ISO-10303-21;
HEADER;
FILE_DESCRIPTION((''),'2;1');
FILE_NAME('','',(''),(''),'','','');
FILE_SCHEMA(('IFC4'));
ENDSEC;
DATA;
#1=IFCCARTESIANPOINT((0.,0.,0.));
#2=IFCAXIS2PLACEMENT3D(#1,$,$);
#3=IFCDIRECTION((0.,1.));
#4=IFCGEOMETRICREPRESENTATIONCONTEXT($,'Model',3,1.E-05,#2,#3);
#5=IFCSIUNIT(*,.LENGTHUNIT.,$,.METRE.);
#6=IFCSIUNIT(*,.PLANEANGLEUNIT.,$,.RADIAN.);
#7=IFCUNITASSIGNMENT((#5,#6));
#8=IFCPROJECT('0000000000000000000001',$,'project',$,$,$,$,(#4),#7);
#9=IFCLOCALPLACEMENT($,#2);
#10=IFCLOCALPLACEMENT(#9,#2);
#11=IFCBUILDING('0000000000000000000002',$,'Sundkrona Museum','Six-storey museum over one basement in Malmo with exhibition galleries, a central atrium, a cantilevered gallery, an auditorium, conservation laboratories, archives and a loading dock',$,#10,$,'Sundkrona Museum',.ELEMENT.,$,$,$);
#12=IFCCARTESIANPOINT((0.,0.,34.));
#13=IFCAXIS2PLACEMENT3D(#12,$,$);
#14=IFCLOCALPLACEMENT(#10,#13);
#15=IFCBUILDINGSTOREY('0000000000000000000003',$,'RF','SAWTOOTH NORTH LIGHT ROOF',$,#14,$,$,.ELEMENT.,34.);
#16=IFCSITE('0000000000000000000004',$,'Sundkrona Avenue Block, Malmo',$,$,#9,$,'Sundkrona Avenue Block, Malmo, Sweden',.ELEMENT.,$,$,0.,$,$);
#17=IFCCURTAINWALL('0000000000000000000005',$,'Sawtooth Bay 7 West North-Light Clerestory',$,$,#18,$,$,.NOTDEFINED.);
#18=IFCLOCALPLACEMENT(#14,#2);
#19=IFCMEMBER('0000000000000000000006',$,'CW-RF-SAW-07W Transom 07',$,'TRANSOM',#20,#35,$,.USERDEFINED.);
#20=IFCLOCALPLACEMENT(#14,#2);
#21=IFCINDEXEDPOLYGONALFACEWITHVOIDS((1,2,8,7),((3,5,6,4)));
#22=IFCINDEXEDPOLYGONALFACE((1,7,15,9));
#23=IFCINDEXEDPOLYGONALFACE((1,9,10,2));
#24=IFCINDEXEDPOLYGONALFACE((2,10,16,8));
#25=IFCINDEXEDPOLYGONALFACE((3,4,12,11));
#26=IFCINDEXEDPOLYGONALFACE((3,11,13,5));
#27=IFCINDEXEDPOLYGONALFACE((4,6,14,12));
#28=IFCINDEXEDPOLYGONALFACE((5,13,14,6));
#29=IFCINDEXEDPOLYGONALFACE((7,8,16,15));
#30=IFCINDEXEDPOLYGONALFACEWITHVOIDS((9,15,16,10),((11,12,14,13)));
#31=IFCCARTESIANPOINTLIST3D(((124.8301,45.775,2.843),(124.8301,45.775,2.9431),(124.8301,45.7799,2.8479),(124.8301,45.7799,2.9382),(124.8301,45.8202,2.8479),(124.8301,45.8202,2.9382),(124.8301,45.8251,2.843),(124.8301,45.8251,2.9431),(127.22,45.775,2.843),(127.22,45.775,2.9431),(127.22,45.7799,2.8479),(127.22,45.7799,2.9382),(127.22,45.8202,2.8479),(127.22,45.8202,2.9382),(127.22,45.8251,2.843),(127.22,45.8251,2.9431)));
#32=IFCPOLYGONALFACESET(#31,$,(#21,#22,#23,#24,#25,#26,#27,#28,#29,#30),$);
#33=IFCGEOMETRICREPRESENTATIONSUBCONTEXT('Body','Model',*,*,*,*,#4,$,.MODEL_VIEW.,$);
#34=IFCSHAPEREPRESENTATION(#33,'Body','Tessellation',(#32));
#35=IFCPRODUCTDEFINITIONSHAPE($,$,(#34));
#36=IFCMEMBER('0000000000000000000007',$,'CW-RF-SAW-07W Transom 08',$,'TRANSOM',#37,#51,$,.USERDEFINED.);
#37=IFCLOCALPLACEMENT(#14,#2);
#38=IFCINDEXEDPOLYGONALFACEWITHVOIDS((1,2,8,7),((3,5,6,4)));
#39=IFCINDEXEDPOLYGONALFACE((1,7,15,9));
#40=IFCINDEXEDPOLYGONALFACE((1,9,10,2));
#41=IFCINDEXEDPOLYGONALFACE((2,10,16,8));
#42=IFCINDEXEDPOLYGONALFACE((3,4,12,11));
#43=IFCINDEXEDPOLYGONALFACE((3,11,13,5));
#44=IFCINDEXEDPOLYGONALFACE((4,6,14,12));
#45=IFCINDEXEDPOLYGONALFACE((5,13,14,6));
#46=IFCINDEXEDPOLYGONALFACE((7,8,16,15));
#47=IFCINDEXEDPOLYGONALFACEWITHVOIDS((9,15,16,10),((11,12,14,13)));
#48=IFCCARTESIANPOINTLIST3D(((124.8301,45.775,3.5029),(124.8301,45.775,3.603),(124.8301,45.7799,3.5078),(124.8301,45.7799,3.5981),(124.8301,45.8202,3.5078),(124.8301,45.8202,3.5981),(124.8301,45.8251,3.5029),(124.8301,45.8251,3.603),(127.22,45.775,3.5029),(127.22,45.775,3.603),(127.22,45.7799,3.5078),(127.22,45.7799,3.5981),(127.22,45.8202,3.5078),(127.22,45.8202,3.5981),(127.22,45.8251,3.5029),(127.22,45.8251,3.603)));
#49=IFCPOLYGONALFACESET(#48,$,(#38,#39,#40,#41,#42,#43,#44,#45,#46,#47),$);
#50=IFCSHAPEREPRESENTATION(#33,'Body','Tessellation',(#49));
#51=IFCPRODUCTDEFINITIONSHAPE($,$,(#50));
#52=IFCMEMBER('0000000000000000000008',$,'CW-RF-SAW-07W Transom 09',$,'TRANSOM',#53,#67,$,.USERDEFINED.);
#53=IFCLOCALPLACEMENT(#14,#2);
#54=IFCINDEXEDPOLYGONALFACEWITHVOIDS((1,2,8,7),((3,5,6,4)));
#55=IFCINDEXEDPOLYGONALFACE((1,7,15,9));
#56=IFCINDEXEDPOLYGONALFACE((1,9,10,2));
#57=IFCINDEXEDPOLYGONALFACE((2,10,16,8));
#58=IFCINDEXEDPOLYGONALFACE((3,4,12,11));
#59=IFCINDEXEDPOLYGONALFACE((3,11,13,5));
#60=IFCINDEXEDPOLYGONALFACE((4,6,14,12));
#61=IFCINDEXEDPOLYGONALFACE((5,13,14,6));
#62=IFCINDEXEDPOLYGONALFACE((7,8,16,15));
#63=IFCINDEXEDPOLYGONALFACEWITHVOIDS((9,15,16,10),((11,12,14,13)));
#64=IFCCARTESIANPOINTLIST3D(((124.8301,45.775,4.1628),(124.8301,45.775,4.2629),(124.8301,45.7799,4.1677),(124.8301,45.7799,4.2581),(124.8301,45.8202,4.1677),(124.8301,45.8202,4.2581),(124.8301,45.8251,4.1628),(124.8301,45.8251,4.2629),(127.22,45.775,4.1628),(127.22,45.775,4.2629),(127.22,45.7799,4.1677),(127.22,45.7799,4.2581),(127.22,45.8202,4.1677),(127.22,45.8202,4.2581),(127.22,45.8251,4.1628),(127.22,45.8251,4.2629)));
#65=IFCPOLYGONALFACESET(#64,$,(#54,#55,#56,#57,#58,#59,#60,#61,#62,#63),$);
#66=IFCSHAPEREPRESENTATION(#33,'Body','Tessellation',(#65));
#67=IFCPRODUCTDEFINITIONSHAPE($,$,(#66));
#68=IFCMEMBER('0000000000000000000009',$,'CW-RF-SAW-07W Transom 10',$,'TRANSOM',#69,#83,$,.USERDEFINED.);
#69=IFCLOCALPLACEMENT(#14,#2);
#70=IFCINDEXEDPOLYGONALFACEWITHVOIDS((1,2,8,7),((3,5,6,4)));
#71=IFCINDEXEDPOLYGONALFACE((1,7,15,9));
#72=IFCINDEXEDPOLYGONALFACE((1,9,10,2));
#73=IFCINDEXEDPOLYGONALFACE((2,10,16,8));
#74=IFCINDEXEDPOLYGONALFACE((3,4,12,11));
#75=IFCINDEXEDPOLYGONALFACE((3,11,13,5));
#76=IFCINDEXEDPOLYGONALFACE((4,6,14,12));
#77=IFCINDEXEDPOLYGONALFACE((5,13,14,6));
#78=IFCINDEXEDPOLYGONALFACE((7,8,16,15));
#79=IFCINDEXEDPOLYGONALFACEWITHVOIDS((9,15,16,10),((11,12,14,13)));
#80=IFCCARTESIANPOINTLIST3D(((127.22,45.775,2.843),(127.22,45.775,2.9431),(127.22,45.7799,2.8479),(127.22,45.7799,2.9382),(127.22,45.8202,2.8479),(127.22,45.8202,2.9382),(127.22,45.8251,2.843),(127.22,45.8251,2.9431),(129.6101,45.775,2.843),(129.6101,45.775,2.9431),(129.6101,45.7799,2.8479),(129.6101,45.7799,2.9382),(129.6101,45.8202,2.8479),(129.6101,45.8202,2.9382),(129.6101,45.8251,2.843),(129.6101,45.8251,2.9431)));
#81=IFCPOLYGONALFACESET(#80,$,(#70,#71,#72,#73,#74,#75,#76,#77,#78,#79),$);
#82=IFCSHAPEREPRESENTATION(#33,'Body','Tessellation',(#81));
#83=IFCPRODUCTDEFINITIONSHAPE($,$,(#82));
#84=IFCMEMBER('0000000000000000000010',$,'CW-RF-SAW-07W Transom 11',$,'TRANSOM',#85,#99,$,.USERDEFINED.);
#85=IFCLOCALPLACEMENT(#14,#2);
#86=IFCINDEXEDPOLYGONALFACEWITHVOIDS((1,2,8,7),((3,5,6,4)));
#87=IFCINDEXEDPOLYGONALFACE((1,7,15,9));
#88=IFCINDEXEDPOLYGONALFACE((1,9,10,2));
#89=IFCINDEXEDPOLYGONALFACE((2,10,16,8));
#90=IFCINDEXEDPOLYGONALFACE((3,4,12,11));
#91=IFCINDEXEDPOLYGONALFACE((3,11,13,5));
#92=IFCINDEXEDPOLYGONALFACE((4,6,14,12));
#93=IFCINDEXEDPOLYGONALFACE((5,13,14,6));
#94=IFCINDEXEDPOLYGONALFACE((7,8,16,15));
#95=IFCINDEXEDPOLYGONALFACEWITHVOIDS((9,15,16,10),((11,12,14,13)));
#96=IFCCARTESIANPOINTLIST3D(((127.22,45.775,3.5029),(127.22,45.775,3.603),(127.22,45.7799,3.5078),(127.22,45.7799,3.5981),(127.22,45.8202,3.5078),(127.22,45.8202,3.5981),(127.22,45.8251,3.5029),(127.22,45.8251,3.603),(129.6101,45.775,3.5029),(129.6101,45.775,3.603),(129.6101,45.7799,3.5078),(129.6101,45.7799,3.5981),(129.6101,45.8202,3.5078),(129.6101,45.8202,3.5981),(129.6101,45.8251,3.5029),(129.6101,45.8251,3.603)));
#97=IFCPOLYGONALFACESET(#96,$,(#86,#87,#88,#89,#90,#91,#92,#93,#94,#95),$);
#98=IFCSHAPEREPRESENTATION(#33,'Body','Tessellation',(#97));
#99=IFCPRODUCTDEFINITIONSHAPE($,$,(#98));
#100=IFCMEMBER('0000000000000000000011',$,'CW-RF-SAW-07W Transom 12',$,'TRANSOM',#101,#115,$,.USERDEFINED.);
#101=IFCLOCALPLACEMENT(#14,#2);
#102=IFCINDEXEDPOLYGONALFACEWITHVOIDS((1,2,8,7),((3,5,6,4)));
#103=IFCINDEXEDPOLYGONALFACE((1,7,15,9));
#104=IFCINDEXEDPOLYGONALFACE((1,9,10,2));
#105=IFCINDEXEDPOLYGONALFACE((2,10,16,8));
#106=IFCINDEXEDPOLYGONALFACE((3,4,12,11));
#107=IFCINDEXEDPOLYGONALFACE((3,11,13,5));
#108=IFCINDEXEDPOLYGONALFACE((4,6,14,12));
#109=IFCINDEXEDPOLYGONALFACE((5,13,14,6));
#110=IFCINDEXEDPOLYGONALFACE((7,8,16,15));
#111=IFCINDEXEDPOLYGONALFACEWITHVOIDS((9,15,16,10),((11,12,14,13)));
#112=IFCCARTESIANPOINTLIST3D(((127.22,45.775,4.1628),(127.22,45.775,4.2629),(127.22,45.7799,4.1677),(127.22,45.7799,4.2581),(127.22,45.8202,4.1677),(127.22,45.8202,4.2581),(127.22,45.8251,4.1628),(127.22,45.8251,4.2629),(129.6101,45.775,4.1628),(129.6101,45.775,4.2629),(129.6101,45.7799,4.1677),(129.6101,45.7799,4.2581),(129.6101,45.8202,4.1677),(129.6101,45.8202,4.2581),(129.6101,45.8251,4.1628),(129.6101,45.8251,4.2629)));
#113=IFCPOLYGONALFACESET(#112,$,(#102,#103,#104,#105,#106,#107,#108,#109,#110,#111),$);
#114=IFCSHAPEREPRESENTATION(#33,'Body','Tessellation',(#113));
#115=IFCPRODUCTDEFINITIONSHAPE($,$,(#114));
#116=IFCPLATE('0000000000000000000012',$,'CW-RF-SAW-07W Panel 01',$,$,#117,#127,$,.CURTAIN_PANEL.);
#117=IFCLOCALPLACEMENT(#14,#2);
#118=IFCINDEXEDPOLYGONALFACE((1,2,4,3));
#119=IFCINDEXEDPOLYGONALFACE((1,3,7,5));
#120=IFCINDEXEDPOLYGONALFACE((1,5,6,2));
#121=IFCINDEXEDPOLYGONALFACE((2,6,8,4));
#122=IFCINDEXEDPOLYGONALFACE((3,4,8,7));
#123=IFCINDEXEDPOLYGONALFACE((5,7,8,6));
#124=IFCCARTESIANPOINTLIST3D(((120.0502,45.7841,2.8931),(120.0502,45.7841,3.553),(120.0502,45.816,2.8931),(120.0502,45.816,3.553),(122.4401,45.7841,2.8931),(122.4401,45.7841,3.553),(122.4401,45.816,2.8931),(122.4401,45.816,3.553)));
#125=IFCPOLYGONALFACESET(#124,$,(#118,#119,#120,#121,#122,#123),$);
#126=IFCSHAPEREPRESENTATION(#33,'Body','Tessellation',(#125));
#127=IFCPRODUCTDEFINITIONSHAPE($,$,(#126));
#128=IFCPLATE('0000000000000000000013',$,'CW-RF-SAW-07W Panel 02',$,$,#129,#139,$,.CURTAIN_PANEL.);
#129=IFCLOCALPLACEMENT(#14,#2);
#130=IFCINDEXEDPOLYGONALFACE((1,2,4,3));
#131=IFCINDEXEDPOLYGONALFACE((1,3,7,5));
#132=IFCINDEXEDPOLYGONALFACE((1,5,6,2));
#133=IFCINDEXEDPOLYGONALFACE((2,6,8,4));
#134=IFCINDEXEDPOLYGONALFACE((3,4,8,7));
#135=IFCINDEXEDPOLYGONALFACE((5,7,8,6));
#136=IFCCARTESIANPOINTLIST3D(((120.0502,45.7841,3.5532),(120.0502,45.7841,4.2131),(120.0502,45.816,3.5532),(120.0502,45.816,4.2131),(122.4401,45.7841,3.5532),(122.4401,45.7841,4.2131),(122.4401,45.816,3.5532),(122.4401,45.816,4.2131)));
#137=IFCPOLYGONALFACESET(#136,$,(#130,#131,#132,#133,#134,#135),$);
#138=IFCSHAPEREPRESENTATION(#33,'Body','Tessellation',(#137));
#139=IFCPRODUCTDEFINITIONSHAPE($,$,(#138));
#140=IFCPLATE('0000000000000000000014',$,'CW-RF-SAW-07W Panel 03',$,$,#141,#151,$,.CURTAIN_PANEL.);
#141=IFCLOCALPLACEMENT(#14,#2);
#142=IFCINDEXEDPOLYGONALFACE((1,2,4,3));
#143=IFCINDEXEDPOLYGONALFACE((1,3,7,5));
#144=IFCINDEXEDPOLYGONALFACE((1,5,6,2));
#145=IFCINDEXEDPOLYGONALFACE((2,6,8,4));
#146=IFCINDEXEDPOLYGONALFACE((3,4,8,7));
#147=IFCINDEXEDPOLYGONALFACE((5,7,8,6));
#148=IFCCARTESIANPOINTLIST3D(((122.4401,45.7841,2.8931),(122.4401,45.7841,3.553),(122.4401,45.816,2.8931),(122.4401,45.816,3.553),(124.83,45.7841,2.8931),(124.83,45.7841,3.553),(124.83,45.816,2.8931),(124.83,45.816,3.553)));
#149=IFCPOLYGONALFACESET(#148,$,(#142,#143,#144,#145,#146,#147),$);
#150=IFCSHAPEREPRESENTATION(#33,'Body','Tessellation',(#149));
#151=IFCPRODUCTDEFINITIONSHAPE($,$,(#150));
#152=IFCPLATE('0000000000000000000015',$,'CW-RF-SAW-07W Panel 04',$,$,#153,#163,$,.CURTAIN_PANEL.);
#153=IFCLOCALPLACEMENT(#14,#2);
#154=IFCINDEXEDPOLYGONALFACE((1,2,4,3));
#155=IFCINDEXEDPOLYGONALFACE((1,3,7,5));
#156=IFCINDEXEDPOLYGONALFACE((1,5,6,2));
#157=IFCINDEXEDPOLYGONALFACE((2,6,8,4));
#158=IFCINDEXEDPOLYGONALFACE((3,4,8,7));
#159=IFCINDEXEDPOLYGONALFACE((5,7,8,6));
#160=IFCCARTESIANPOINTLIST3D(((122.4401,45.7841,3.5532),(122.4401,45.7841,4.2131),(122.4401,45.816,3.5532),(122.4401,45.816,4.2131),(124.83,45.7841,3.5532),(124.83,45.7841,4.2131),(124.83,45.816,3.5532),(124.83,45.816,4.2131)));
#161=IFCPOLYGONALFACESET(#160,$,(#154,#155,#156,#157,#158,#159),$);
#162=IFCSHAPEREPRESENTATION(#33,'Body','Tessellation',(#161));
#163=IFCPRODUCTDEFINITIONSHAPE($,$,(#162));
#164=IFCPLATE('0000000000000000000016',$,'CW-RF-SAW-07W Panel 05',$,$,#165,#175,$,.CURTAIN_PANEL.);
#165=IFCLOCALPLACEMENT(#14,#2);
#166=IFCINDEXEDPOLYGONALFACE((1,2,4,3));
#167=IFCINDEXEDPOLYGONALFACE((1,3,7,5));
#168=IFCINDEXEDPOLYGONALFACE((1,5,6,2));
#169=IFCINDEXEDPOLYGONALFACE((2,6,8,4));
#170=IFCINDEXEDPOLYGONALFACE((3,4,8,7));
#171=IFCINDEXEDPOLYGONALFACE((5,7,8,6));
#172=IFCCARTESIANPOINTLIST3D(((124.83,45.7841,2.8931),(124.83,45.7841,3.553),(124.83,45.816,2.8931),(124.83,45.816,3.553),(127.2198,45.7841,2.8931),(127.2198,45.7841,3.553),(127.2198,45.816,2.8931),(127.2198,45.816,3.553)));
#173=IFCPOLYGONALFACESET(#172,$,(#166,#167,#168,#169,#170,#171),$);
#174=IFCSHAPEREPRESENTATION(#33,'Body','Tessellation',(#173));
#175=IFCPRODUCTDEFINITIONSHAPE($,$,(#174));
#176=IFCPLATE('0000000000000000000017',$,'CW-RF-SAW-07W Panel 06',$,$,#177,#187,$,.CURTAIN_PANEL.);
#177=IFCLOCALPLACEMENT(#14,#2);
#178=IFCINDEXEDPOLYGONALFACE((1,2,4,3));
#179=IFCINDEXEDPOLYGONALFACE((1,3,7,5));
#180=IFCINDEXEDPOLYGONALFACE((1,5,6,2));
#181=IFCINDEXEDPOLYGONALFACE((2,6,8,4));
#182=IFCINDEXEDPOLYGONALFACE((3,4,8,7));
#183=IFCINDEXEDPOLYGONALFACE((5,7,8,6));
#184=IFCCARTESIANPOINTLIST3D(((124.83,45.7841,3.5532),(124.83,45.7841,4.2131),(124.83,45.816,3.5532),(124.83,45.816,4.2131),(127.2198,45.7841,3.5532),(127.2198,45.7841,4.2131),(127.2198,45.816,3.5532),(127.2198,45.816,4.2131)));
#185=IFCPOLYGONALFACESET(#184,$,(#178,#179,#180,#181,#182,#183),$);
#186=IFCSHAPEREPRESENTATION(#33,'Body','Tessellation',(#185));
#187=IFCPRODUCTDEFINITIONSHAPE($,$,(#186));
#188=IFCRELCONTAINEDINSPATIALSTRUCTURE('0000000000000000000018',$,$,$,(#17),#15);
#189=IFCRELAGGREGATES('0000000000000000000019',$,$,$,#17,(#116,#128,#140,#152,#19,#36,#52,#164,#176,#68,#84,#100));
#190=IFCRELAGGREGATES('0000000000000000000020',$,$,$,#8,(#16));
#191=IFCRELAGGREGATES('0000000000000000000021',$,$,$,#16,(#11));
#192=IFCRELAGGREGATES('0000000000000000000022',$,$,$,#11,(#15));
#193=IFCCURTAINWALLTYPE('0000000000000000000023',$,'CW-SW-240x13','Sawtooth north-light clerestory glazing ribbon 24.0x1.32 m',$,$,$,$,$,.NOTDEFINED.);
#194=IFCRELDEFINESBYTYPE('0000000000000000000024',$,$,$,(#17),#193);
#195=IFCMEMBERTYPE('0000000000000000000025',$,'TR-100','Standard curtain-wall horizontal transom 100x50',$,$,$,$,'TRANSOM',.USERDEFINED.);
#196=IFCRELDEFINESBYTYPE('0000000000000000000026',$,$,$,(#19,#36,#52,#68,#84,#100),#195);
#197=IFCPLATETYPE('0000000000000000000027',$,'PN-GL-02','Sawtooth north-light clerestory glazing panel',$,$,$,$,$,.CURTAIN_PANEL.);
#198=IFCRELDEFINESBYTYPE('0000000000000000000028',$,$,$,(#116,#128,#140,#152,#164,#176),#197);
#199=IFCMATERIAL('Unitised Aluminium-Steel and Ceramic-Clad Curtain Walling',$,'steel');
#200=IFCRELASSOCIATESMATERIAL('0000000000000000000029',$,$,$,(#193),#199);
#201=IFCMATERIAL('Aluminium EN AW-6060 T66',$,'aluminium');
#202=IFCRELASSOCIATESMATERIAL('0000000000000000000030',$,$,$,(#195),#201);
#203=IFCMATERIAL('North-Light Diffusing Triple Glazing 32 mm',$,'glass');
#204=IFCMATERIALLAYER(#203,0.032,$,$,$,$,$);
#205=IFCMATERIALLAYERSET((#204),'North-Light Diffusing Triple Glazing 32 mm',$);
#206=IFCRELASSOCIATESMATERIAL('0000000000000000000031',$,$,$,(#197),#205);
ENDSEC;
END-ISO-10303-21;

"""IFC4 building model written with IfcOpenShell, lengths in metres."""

from ifc_helpers import new_model, si_unit, direction, frame, origin, origin_2d, place, context, subcontext, project, spatial, rectangle, hollow_rectangle, extrude, material, layer, layer_set, material_profile, profile_set, type_object, element, aggregate, save


model = new_model("IFC4")

# Units and contexts
model_context = context("Model", 3, precision=1e-05, world=origin(), true_north=direction((0.0, 1.0)))
body_context = subcontext(model_context, "Body", "Model", "MODEL_VIEW")
ifc_project = project(units=[si_unit("LENGTHUNIT", "METRE"), si_unit("PLANEANGLEUNIT", "RADIAN")], contexts=[model_context])

# Site, building, storey
site_placement = place(None, origin())
site = spatial("IfcSite", under=ifc_project, at=site_placement, Name="Sundkrona Avenue Block, Malmo", LongName="Sundkrona Avenue Block, Malmo, Sweden", CompositionType="ELEMENT", RefElevation=0.0)
building_placement = place(site_placement, origin())
building = spatial("IfcBuilding", under=site, at=building_placement, Name="Sundkrona Museum", Description="Six-storey museum over one basement in Malmo with exhibition galleries, a central atrium, a cantilevered gallery, an auditorium, conservation laboratories, archives and a loading dock", LongName="Sundkrona Museum", CompositionType="ELEMENT")
storey_placement = place(building_placement, frame((0.0, 0.0, 34.0)))
storey = spatial("IfcBuildingStorey", under=building, at=storey_placement, Name="RF", Description="SAWTOOTH NORTH LIGHT ROOF", CompositionType="ELEMENT", Elevation=34.0)

# Curtain wall
ifc_material_1 = material(Name="Unitised Aluminium-Steel and Ceramic-Clad Curtain Walling", Category="steel")
curtain_wall_type = type_object("IfcCurtainWallType", Name="CW-SW-240x13", Description="Sawtooth north-light clerestory glazing ribbon 24.0x1.32 m", PredefinedType="NOTDEFINED", material=ifc_material_1)
curtain_wall_1_placement = place(storey_placement, origin())
curtain_wall_1 = element("IfcCurtainWall", 1, at=curtain_wall_1_placement, inside=storey, type_object=curtain_wall_type, Name="Sawtooth Bay 7 West North-Light Clerestory", PredefinedType="NOTDEFINED")
ifc_material_2 = material(Name="Aluminium EN AW-6060 T66", Category="aluminium")

# Shared definitions
ifc_material_profile_1 = material_profile(ifc_material_2, hollow_rectangle(XDim=0.05, YDim=0.1001, WallThickness=0.0049, at=origin_2d()), Name="RHS 100x50x5.0")
ifc_profile_set_1 = profile_set([ifc_material_profile_1], Name="Aluminium EN AW-6060 T66")
member_type_1 = type_object("IfcMemberType", Name="TR-100", Description="Standard curtain-wall horizontal transom 100x50", ElementType="TRANSOM", PredefinedType="USERDEFINED", material=ifc_profile_set_1)

# Members
member_1_placement = place(storey_placement, frame((124.8301, 45.8, 2.8931), z_axis=(1.0, 0.0, 0.0), x_axis=(0.0, 1.0, 0.0)))
member_1 = element("IfcMember", 2, at=member_1_placement, type_object=member_type_1, Name="CW-RF-SAW-07W Transom 07", ObjectType="TRANSOM", PredefinedType="USERDEFINED", context=body_context, shape_type="SweptSolid", body=[
    extrude(hollow_rectangle(XDim=0.05, YDim=0.1001, WallThickness=0.0049, at=origin_2d()), origin(), (0.0, 0.0, 1.0), 2.3899),
])
member_2_placement = place(storey_placement, frame((124.8301, 45.8, 3.553), z_axis=(1.0, 0.0, 0.0), x_axis=(0.0, 1.0, 0.0)))
member_2 = element("IfcMember", 3, at=member_2_placement, type_object=member_type_1, Name="CW-RF-SAW-07W Transom 08", ObjectType="TRANSOM", PredefinedType="USERDEFINED", context=body_context, shape_type="SweptSolid", body=[
    extrude(hollow_rectangle(XDim=0.05, YDim=0.1001, WallThickness=0.0049, at=origin_2d()), origin(), (0.0, 0.0, 1.0), 2.3899),
])
member_3_placement = place(storey_placement, frame((124.8301, 45.8, 4.2129), z_axis=(1.0, 0.0, 0.0), x_axis=(0.0, 1.0, 0.0)))
member_3 = element("IfcMember", 4, at=member_3_placement, type_object=member_type_1, Name="CW-RF-SAW-07W Transom 09", ObjectType="TRANSOM", PredefinedType="USERDEFINED", context=body_context, shape_type="SweptSolid", body=[
    extrude(hollow_rectangle(XDim=0.05, YDim=0.1001, WallThickness=0.0049, at=origin_2d()), origin(), (0.0, 0.0, 1.0), 2.3899),
])
member_4_placement = place(storey_placement, frame((127.22, 45.8, 2.8931), z_axis=(1.0, 0.0, 0.0), x_axis=(0.0, 1.0, 0.0)))
member_4 = element("IfcMember", 5, at=member_4_placement, type_object=member_type_1, Name="CW-RF-SAW-07W Transom 10", ObjectType="TRANSOM", PredefinedType="USERDEFINED", context=body_context, shape_type="SweptSolid", body=[
    extrude(hollow_rectangle(XDim=0.05, YDim=0.1001, WallThickness=0.0049, at=origin_2d()), origin(), (0.0, 0.0, 1.0), 2.3901),
])
member_5_placement = place(storey_placement, frame((127.22, 45.8, 3.553), z_axis=(1.0, 0.0, 0.0), x_axis=(0.0, 1.0, 0.0)))
member_5 = element("IfcMember", 6, at=member_5_placement, type_object=member_type_1, Name="CW-RF-SAW-07W Transom 11", ObjectType="TRANSOM", PredefinedType="USERDEFINED", context=body_context, shape_type="SweptSolid", body=[
    extrude(hollow_rectangle(XDim=0.05, YDim=0.1001, WallThickness=0.0049, at=origin_2d()), origin(), (0.0, 0.0, 1.0), 2.3901),
])
member_6_placement = place(storey_placement, frame((127.22, 45.8, 4.2129), z_axis=(1.0, 0.0, 0.0), x_axis=(0.0, 1.0, 0.0)))
member_6 = element("IfcMember", 7, at=member_6_placement, type_object=member_type_1, Name="CW-RF-SAW-07W Transom 12", ObjectType="TRANSOM", PredefinedType="USERDEFINED", context=body_context, shape_type="SweptSolid", body=[
    extrude(hollow_rectangle(XDim=0.05, YDim=0.1001, WallThickness=0.0049, at=origin_2d()), origin(), (0.0, 0.0, 1.0), 2.3901),
])

# Plates
ifc_material_3 = material(Name="North-Light Diffusing Triple Glazing 32 mm", Category="glass")
ifc_layer = layer(ifc_material_3, 0.032)
ifc_layer_set = layer_set([ifc_layer], Name="North-Light Diffusing Triple Glazing 32 mm")
plate_type = type_object("IfcPlateType", Name="PN-GL-02", Description="Sawtooth north-light clerestory glazing panel", PredefinedType="CURTAIN_PANEL", material=ifc_layer_set)
plate_1_placement = place(storey_placement, frame((121.2451, 45.8, 2.8931), z_axis=(0.0, 0.0, 1.0), x_axis=(1.0, 0.0, 0.0)))
plate_1 = element("IfcPlate", 8, at=plate_1_placement, type_object=plate_type, Name="CW-RF-SAW-07W Panel 01", PredefinedType="CURTAIN_PANEL", context=body_context, shape_type="SweptSolid", body=[
    extrude(rectangle(XDim=2.3899, YDim=0.032, at=origin_2d()), origin(), (0.0, 0.0, 1.0), 0.6599),
])
plate_2_placement = place(storey_placement, frame((121.2451, 45.8, 3.5532), z_axis=(0.0, 0.0, 1.0), x_axis=(1.0, 0.0, 0.0)))
plate_2 = element("IfcPlate", 9, at=plate_2_placement, type_object=plate_type, Name="CW-RF-SAW-07W Panel 02", PredefinedType="CURTAIN_PANEL", context=body_context, shape_type="SweptSolid", body=[
    extrude(rectangle(XDim=2.3899, YDim=0.032, at=origin_2d()), origin(), (0.0, 0.0, 1.0), 0.6599),
])
plate_3_placement = place(storey_placement, frame((123.635, 45.8, 2.8931), z_axis=(0.0, 0.0, 1.0), x_axis=(1.0, 0.0, 0.0)))
plate_3 = element("IfcPlate", 10, at=plate_3_placement, type_object=plate_type, Name="CW-RF-SAW-07W Panel 03", PredefinedType="CURTAIN_PANEL", context=body_context, shape_type="SweptSolid", body=[
    extrude(rectangle(XDim=2.3899, YDim=0.032, at=origin_2d()), origin(), (0.0, 0.0, 1.0), 0.6599),
])
plate_4_placement = place(storey_placement, frame((123.635, 45.8, 3.5532), z_axis=(0.0, 0.0, 1.0), x_axis=(1.0, 0.0, 0.0)))
plate_4 = element("IfcPlate", 11, at=plate_4_placement, type_object=plate_type, Name="CW-RF-SAW-07W Panel 04", PredefinedType="CURTAIN_PANEL", context=body_context, shape_type="SweptSolid", body=[
    extrude(rectangle(XDim=2.3899, YDim=0.032, at=origin_2d()), origin(), (0.0, 0.0, 1.0), 0.6599),
])
plate_5_placement = place(storey_placement, frame((126.0249, 45.8, 2.8931), z_axis=(0.0, 0.0, 1.0), x_axis=(1.0, 0.0, 0.0)))
plate_5 = element("IfcPlate", 12, at=plate_5_placement, type_object=plate_type, Name="CW-RF-SAW-07W Panel 05", PredefinedType="CURTAIN_PANEL", context=body_context, shape_type="SweptSolid", body=[
    extrude(rectangle(XDim=2.3899, YDim=0.032, at=origin_2d()), origin(), (0.0, 0.0, 1.0), 0.6599),
])
plate_6_placement = place(storey_placement, frame((126.0249, 45.8, 3.5532), z_axis=(0.0, 0.0, 1.0), x_axis=(1.0, 0.0, 0.0)))
plate_6 = element("IfcPlate", 13, at=plate_6_placement, type_object=plate_type, Name="CW-RF-SAW-07W Panel 06", PredefinedType="CURTAIN_PANEL", context=body_context, shape_type="SweptSolid", body=[
    extrude(rectangle(XDim=2.3899, YDim=0.032, at=origin_2d()), origin(), (0.0, 0.0, 1.0), 0.6599),
])
aggregate(curtain_wall_1, [plate_1, plate_2, plate_3, plate_4, member_1, member_2, member_3, plate_5, plate_6, member_4, member_5, member_6])

save(model, "model.ifc")
